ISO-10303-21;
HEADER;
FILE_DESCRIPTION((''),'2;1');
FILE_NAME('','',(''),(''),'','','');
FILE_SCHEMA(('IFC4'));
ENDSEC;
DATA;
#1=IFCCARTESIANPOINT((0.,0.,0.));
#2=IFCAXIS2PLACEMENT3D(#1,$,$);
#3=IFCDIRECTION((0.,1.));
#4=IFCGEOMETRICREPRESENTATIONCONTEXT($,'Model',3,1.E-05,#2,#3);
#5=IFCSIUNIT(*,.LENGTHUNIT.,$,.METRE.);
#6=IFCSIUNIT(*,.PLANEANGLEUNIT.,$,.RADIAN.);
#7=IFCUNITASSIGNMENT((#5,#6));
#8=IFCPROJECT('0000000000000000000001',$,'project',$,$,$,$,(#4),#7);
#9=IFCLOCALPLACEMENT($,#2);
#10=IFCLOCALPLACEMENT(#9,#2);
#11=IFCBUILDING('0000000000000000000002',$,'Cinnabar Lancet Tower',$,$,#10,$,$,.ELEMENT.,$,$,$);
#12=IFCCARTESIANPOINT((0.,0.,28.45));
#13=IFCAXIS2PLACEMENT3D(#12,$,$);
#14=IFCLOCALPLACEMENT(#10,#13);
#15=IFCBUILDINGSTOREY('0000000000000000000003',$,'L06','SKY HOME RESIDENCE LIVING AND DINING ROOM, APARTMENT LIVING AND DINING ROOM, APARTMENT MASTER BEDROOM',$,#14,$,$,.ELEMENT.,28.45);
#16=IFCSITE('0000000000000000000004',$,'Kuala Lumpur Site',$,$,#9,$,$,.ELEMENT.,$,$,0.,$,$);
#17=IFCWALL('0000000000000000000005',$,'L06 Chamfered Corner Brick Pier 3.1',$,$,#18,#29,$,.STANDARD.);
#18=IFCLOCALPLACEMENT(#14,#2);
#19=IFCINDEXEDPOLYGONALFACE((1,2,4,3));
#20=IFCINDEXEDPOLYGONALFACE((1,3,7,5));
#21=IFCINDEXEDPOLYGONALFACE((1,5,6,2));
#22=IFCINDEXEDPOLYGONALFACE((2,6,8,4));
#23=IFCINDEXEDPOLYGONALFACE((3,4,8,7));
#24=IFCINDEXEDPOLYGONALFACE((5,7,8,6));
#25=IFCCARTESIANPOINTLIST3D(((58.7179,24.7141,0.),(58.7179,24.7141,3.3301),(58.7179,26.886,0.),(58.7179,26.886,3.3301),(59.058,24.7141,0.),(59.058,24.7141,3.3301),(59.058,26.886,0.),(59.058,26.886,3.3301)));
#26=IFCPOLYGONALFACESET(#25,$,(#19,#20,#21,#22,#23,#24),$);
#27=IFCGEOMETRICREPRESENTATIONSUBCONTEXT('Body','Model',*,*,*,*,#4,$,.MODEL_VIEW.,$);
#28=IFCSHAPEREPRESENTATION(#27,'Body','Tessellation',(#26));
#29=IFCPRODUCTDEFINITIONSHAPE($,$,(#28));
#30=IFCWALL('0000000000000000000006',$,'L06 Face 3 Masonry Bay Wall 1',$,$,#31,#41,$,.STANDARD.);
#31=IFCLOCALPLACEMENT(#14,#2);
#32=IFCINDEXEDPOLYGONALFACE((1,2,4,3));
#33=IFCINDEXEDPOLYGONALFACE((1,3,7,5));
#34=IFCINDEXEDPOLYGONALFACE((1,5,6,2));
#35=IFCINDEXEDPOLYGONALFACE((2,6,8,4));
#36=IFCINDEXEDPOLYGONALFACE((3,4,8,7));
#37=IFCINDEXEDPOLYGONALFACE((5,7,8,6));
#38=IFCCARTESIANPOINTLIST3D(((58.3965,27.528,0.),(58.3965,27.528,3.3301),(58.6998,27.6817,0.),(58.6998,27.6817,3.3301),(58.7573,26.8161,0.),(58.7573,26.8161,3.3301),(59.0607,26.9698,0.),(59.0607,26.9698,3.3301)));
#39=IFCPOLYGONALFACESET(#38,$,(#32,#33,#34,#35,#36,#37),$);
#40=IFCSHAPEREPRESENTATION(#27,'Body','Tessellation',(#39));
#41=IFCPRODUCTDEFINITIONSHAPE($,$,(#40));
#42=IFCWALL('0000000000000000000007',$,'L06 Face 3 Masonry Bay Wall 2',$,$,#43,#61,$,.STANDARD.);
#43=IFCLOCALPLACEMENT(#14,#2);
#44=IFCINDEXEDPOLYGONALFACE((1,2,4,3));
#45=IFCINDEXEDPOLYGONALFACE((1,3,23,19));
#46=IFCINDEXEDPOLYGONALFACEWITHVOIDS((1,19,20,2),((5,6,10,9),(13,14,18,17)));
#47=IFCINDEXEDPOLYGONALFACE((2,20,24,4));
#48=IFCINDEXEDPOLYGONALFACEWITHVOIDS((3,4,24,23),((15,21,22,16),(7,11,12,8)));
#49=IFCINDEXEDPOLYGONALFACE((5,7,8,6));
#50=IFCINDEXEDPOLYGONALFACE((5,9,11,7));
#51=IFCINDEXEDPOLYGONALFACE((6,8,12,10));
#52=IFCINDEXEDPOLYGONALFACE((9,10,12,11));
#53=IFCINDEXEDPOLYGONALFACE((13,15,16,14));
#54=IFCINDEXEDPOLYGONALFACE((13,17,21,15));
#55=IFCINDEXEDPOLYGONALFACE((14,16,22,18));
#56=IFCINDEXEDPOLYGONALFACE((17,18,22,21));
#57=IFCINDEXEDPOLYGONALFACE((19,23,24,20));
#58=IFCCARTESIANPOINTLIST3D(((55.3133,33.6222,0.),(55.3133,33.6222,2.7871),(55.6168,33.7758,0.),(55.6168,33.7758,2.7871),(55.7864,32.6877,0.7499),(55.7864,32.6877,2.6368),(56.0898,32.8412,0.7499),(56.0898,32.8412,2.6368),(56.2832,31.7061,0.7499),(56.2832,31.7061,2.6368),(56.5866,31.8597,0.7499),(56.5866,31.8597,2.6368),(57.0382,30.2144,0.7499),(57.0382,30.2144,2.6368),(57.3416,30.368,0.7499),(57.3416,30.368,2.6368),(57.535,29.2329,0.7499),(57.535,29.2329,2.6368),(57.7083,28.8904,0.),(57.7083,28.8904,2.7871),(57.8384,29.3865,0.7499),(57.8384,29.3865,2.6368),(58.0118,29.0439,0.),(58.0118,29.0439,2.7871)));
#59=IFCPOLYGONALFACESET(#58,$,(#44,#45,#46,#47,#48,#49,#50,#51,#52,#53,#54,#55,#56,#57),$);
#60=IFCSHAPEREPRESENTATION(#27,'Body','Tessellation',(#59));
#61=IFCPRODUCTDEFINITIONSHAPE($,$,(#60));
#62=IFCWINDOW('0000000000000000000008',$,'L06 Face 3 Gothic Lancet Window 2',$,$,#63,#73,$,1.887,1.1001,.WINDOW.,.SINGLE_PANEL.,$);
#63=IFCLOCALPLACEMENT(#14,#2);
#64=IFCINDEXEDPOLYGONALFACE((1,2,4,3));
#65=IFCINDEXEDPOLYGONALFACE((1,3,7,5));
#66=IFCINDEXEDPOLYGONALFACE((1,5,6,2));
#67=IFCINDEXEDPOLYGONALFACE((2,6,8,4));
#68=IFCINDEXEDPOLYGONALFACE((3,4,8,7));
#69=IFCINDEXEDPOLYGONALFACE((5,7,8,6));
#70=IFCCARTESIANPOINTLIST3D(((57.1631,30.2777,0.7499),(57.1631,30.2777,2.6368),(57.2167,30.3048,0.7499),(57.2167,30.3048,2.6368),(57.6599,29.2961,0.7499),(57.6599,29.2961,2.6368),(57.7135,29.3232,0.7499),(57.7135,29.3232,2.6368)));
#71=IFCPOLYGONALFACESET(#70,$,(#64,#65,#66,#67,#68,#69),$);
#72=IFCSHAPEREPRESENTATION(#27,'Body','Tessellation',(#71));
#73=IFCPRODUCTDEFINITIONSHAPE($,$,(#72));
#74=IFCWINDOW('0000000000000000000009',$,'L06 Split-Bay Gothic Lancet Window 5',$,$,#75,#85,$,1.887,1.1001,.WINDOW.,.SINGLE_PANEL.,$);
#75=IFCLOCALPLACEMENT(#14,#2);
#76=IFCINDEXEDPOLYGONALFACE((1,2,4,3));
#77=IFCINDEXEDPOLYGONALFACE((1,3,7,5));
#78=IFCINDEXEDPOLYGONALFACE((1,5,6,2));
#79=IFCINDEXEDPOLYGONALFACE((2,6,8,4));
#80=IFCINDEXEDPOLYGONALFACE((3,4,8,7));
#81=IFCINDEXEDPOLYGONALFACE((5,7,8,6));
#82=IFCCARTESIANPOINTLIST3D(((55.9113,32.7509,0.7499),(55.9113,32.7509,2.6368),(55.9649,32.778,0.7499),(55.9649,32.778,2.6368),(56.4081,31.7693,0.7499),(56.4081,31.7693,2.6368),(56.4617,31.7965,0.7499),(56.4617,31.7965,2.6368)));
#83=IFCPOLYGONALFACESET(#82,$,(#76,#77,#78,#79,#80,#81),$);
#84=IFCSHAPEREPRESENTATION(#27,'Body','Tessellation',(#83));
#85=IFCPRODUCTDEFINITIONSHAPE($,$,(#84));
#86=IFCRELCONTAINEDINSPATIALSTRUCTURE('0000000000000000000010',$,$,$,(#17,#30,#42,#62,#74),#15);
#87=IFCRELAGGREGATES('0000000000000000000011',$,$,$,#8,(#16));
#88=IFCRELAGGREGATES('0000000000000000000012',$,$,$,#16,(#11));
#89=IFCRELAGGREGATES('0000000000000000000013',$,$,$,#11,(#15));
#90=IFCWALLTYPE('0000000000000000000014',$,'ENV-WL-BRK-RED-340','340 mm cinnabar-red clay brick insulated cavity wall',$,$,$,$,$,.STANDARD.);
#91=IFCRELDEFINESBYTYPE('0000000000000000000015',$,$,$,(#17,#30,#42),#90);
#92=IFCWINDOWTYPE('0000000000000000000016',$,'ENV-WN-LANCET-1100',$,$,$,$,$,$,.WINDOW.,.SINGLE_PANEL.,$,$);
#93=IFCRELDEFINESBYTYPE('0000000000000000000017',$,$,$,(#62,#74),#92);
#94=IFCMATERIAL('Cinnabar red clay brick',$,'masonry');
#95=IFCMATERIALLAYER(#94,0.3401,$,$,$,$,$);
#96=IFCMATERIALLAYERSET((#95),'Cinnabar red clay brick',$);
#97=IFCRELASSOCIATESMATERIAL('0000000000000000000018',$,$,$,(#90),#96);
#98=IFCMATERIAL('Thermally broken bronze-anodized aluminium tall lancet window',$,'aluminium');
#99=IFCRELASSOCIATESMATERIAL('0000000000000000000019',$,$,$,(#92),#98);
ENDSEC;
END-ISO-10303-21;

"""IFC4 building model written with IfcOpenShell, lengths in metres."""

from ifc_helpers import new_model, si_unit, direction, frame, frame_2d, origin, place, context, subcontext, project, spatial, rectangle, extrude, material, layer, layer_set, type_object, element, fill, save


model = new_model("IFC4")

# Units and contexts
model_context = context("Model", 3, precision=1e-05, world=origin(), true_north=direction((0.0, 1.0)))
body_context = subcontext(model_context, "Body", "Model", "MODEL_VIEW")
ifc_project = project(units=[si_unit("LENGTHUNIT", "METRE"), si_unit("PLANEANGLEUNIT", "RADIAN")], contexts=[model_context])

# Site, building, storey
site_placement = place(None, origin())
site = spatial("IfcSite", under=ifc_project, at=site_placement, Name="Kuala Lumpur Site", CompositionType="ELEMENT", RefElevation=0.0)
building_placement = place(site_placement, origin())
building = spatial("IfcBuilding", under=site, at=building_placement, Name="Cinnabar Lancet Tower", CompositionType="ELEMENT")
storey_placement = place(building_placement, frame((0.0, 0.0, 28.45)))
storey = spatial("IfcBuildingStorey", under=building, at=storey_placement, Name="L06", Description="SKY HOME RESIDENCE LIVING AND DINING ROOM, APARTMENT LIVING AND DINING ROOM, APARTMENT MASTER BEDROOM", CompositionType="ELEMENT", Elevation=28.45)

# Walls
ifc_material_1 = material(Name="Cinnabar red clay brick", Category="masonry")
ifc_layer_1 = layer(ifc_material_1, 0.3401)
ifc_layer_set_1 = layer_set([ifc_layer_1], Name="Cinnabar red clay brick")
wall_type_1 = type_object("IfcWallType", Name="ENV-WL-BRK-RED-340", Description="340 mm cinnabar-red clay brick insulated cavity wall", PredefinedType="STANDARD", material=ifc_layer_set_1)
wall_1_placement = place(storey_placement, frame((58.8879, 24.7141, 0.0), z_axis=(0.0, 0.0, 1.0), x_axis=(0.0, 1.0, 0.0)))
element("IfcWall", 1, at=wall_1_placement, inside=storey, type_object=wall_type_1, Name="L06 Chamfered Corner Brick Pier 3.1", PredefinedType="STANDARD", context=body_context, shape_type="SweptSolid", body=[
    extrude(rectangle(XDim=2.1719, YDim=0.3401, at=frame_2d((1.0859, 0.0))), origin(), (0.0, 0.0, 1.0), 3.3301),
])
wall_2_placement = place(storey_placement, frame((58.9089, 26.8931, 0.0), z_axis=(0.0, 0.0, 1.0), x_axis=(-0.452101, 0.891967, 0.0)))
element("IfcWall", 2, at=wall_2_placement, inside=storey, type_object=wall_type_1, Name="L06 Face 3 Masonry Bay Wall 1", PredefinedType="STANDARD", context=body_context, shape_type="SweptSolid", body=[
    extrude(rectangle(XDim=0.7981, YDim=0.3401, at=frame_2d((0.3989, 0.0))), origin(), (0.0, 0.0, 1.0), 3.3301),
])

# Wall, openings, windows
wall_3_placement = place(storey_placement, frame((57.8601, 28.967, 0.0), z_axis=(0.0, 0.0, 1.0), x_axis=(-0.451591, 0.892225, 0.0)))
wall_3 = element("IfcWall", 3, at=wall_3_placement, inside=storey, type_object=wall_type_1, Name="L06 Face 3 Masonry Bay Wall 2", PredefinedType="STANDARD", context=body_context, shape_type="SweptSolid", body=[
    extrude(rectangle(XDim=5.3035, YDim=0.3401, at=frame_2d((2.6519, 0.0))), origin(), (0.0, 0.0, 1.0), 2.7871),
])
opening_1_placement = place(wall_3_placement, frame((0.384, 0.0, 0.75)))
opening_1 = element("IfcOpeningElement", 4, at=opening_1_placement, cuts=wall_3, PredefinedType="OPENING", context=body_context, shape_type="SweptSolid", body=[
    extrude(rectangle(XDim=1.1001, YDim=1.887, at=frame_2d((0.55, 0.9434))), frame((0.0, 0.1799, 0.0), z_axis=(0.0, -1.0, 0.0), x_axis=(1.0, 0.0, 0.0)), (0.0, 0.0, 1.0), 0.3601),
])
opening_2_placement = place(wall_3_placement, frame((3.156, 0.0, 0.75)))
opening_2 = element("IfcOpeningElement", 5, at=opening_2_placement, cuts=wall_3, PredefinedType="OPENING", context=body_context, shape_type="SweptSolid", body=[
    extrude(rectangle(XDim=1.1001, YDim=1.887, at=frame_2d((0.55, 0.9434))), frame((0.0, 0.1799, 0.0), z_axis=(0.0, -1.0, 0.0), x_axis=(1.0, 0.0, 0.0)), (0.0, 0.0, 1.0), 0.3601),
])
ifc_material_2 = material(Name="Thermally broken bronze-anodized aluminium tall lancet window", Category="aluminium")
window_type = type_object("IfcWindowType", Name="ENV-WN-LANCET-1100", PartitioningType="SINGLE_PANEL", PredefinedType="WINDOW", material=ifc_material_2)
window_1_placement = place(opening_1_placement, origin())
window_1 = element("IfcWindow", 6, at=window_1_placement, inside=storey, type_object=window_type, Name="L06 Face 3 Gothic Lancet Window 2", OverallHeight=1.887, OverallWidth=1.1001, PartitioningType="SINGLE_PANEL", PredefinedType="WINDOW", context=body_context, shape_type="SweptSolid", body=[
    extrude(rectangle(XDim=1.1001, YDim=1.887, at=frame_2d((0.55, 0.9434))), frame((0.0, 0.03, 0.0), z_axis=(0.0, -1.0, 0.0), x_axis=(1.0, 0.0, 0.0)), (0.0, 0.0, 1.0), 0.0601),
])
fill(opening_1, window_1)
window_2_placement = place(opening_2_placement, origin())
window_2 = element("IfcWindow", 7, at=window_2_placement, inside=storey, type_object=window_type, Name="L06 Split-Bay Gothic Lancet Window 5", OverallHeight=1.887, OverallWidth=1.1001, PartitioningType="SINGLE_PANEL", PredefinedType="WINDOW", context=body_context, shape_type="SweptSolid", body=[
    extrude(rectangle(XDim=1.1001, YDim=1.887, at=frame_2d((0.55, 0.9434))), frame((0.0, 0.03, 0.0), z_axis=(0.0, -1.0, 0.0), x_axis=(1.0, 0.0, 0.0)), (0.0, 0.0, 1.0), 0.0601),
])
fill(opening_2, window_2)

save(model, "model.ifc")
